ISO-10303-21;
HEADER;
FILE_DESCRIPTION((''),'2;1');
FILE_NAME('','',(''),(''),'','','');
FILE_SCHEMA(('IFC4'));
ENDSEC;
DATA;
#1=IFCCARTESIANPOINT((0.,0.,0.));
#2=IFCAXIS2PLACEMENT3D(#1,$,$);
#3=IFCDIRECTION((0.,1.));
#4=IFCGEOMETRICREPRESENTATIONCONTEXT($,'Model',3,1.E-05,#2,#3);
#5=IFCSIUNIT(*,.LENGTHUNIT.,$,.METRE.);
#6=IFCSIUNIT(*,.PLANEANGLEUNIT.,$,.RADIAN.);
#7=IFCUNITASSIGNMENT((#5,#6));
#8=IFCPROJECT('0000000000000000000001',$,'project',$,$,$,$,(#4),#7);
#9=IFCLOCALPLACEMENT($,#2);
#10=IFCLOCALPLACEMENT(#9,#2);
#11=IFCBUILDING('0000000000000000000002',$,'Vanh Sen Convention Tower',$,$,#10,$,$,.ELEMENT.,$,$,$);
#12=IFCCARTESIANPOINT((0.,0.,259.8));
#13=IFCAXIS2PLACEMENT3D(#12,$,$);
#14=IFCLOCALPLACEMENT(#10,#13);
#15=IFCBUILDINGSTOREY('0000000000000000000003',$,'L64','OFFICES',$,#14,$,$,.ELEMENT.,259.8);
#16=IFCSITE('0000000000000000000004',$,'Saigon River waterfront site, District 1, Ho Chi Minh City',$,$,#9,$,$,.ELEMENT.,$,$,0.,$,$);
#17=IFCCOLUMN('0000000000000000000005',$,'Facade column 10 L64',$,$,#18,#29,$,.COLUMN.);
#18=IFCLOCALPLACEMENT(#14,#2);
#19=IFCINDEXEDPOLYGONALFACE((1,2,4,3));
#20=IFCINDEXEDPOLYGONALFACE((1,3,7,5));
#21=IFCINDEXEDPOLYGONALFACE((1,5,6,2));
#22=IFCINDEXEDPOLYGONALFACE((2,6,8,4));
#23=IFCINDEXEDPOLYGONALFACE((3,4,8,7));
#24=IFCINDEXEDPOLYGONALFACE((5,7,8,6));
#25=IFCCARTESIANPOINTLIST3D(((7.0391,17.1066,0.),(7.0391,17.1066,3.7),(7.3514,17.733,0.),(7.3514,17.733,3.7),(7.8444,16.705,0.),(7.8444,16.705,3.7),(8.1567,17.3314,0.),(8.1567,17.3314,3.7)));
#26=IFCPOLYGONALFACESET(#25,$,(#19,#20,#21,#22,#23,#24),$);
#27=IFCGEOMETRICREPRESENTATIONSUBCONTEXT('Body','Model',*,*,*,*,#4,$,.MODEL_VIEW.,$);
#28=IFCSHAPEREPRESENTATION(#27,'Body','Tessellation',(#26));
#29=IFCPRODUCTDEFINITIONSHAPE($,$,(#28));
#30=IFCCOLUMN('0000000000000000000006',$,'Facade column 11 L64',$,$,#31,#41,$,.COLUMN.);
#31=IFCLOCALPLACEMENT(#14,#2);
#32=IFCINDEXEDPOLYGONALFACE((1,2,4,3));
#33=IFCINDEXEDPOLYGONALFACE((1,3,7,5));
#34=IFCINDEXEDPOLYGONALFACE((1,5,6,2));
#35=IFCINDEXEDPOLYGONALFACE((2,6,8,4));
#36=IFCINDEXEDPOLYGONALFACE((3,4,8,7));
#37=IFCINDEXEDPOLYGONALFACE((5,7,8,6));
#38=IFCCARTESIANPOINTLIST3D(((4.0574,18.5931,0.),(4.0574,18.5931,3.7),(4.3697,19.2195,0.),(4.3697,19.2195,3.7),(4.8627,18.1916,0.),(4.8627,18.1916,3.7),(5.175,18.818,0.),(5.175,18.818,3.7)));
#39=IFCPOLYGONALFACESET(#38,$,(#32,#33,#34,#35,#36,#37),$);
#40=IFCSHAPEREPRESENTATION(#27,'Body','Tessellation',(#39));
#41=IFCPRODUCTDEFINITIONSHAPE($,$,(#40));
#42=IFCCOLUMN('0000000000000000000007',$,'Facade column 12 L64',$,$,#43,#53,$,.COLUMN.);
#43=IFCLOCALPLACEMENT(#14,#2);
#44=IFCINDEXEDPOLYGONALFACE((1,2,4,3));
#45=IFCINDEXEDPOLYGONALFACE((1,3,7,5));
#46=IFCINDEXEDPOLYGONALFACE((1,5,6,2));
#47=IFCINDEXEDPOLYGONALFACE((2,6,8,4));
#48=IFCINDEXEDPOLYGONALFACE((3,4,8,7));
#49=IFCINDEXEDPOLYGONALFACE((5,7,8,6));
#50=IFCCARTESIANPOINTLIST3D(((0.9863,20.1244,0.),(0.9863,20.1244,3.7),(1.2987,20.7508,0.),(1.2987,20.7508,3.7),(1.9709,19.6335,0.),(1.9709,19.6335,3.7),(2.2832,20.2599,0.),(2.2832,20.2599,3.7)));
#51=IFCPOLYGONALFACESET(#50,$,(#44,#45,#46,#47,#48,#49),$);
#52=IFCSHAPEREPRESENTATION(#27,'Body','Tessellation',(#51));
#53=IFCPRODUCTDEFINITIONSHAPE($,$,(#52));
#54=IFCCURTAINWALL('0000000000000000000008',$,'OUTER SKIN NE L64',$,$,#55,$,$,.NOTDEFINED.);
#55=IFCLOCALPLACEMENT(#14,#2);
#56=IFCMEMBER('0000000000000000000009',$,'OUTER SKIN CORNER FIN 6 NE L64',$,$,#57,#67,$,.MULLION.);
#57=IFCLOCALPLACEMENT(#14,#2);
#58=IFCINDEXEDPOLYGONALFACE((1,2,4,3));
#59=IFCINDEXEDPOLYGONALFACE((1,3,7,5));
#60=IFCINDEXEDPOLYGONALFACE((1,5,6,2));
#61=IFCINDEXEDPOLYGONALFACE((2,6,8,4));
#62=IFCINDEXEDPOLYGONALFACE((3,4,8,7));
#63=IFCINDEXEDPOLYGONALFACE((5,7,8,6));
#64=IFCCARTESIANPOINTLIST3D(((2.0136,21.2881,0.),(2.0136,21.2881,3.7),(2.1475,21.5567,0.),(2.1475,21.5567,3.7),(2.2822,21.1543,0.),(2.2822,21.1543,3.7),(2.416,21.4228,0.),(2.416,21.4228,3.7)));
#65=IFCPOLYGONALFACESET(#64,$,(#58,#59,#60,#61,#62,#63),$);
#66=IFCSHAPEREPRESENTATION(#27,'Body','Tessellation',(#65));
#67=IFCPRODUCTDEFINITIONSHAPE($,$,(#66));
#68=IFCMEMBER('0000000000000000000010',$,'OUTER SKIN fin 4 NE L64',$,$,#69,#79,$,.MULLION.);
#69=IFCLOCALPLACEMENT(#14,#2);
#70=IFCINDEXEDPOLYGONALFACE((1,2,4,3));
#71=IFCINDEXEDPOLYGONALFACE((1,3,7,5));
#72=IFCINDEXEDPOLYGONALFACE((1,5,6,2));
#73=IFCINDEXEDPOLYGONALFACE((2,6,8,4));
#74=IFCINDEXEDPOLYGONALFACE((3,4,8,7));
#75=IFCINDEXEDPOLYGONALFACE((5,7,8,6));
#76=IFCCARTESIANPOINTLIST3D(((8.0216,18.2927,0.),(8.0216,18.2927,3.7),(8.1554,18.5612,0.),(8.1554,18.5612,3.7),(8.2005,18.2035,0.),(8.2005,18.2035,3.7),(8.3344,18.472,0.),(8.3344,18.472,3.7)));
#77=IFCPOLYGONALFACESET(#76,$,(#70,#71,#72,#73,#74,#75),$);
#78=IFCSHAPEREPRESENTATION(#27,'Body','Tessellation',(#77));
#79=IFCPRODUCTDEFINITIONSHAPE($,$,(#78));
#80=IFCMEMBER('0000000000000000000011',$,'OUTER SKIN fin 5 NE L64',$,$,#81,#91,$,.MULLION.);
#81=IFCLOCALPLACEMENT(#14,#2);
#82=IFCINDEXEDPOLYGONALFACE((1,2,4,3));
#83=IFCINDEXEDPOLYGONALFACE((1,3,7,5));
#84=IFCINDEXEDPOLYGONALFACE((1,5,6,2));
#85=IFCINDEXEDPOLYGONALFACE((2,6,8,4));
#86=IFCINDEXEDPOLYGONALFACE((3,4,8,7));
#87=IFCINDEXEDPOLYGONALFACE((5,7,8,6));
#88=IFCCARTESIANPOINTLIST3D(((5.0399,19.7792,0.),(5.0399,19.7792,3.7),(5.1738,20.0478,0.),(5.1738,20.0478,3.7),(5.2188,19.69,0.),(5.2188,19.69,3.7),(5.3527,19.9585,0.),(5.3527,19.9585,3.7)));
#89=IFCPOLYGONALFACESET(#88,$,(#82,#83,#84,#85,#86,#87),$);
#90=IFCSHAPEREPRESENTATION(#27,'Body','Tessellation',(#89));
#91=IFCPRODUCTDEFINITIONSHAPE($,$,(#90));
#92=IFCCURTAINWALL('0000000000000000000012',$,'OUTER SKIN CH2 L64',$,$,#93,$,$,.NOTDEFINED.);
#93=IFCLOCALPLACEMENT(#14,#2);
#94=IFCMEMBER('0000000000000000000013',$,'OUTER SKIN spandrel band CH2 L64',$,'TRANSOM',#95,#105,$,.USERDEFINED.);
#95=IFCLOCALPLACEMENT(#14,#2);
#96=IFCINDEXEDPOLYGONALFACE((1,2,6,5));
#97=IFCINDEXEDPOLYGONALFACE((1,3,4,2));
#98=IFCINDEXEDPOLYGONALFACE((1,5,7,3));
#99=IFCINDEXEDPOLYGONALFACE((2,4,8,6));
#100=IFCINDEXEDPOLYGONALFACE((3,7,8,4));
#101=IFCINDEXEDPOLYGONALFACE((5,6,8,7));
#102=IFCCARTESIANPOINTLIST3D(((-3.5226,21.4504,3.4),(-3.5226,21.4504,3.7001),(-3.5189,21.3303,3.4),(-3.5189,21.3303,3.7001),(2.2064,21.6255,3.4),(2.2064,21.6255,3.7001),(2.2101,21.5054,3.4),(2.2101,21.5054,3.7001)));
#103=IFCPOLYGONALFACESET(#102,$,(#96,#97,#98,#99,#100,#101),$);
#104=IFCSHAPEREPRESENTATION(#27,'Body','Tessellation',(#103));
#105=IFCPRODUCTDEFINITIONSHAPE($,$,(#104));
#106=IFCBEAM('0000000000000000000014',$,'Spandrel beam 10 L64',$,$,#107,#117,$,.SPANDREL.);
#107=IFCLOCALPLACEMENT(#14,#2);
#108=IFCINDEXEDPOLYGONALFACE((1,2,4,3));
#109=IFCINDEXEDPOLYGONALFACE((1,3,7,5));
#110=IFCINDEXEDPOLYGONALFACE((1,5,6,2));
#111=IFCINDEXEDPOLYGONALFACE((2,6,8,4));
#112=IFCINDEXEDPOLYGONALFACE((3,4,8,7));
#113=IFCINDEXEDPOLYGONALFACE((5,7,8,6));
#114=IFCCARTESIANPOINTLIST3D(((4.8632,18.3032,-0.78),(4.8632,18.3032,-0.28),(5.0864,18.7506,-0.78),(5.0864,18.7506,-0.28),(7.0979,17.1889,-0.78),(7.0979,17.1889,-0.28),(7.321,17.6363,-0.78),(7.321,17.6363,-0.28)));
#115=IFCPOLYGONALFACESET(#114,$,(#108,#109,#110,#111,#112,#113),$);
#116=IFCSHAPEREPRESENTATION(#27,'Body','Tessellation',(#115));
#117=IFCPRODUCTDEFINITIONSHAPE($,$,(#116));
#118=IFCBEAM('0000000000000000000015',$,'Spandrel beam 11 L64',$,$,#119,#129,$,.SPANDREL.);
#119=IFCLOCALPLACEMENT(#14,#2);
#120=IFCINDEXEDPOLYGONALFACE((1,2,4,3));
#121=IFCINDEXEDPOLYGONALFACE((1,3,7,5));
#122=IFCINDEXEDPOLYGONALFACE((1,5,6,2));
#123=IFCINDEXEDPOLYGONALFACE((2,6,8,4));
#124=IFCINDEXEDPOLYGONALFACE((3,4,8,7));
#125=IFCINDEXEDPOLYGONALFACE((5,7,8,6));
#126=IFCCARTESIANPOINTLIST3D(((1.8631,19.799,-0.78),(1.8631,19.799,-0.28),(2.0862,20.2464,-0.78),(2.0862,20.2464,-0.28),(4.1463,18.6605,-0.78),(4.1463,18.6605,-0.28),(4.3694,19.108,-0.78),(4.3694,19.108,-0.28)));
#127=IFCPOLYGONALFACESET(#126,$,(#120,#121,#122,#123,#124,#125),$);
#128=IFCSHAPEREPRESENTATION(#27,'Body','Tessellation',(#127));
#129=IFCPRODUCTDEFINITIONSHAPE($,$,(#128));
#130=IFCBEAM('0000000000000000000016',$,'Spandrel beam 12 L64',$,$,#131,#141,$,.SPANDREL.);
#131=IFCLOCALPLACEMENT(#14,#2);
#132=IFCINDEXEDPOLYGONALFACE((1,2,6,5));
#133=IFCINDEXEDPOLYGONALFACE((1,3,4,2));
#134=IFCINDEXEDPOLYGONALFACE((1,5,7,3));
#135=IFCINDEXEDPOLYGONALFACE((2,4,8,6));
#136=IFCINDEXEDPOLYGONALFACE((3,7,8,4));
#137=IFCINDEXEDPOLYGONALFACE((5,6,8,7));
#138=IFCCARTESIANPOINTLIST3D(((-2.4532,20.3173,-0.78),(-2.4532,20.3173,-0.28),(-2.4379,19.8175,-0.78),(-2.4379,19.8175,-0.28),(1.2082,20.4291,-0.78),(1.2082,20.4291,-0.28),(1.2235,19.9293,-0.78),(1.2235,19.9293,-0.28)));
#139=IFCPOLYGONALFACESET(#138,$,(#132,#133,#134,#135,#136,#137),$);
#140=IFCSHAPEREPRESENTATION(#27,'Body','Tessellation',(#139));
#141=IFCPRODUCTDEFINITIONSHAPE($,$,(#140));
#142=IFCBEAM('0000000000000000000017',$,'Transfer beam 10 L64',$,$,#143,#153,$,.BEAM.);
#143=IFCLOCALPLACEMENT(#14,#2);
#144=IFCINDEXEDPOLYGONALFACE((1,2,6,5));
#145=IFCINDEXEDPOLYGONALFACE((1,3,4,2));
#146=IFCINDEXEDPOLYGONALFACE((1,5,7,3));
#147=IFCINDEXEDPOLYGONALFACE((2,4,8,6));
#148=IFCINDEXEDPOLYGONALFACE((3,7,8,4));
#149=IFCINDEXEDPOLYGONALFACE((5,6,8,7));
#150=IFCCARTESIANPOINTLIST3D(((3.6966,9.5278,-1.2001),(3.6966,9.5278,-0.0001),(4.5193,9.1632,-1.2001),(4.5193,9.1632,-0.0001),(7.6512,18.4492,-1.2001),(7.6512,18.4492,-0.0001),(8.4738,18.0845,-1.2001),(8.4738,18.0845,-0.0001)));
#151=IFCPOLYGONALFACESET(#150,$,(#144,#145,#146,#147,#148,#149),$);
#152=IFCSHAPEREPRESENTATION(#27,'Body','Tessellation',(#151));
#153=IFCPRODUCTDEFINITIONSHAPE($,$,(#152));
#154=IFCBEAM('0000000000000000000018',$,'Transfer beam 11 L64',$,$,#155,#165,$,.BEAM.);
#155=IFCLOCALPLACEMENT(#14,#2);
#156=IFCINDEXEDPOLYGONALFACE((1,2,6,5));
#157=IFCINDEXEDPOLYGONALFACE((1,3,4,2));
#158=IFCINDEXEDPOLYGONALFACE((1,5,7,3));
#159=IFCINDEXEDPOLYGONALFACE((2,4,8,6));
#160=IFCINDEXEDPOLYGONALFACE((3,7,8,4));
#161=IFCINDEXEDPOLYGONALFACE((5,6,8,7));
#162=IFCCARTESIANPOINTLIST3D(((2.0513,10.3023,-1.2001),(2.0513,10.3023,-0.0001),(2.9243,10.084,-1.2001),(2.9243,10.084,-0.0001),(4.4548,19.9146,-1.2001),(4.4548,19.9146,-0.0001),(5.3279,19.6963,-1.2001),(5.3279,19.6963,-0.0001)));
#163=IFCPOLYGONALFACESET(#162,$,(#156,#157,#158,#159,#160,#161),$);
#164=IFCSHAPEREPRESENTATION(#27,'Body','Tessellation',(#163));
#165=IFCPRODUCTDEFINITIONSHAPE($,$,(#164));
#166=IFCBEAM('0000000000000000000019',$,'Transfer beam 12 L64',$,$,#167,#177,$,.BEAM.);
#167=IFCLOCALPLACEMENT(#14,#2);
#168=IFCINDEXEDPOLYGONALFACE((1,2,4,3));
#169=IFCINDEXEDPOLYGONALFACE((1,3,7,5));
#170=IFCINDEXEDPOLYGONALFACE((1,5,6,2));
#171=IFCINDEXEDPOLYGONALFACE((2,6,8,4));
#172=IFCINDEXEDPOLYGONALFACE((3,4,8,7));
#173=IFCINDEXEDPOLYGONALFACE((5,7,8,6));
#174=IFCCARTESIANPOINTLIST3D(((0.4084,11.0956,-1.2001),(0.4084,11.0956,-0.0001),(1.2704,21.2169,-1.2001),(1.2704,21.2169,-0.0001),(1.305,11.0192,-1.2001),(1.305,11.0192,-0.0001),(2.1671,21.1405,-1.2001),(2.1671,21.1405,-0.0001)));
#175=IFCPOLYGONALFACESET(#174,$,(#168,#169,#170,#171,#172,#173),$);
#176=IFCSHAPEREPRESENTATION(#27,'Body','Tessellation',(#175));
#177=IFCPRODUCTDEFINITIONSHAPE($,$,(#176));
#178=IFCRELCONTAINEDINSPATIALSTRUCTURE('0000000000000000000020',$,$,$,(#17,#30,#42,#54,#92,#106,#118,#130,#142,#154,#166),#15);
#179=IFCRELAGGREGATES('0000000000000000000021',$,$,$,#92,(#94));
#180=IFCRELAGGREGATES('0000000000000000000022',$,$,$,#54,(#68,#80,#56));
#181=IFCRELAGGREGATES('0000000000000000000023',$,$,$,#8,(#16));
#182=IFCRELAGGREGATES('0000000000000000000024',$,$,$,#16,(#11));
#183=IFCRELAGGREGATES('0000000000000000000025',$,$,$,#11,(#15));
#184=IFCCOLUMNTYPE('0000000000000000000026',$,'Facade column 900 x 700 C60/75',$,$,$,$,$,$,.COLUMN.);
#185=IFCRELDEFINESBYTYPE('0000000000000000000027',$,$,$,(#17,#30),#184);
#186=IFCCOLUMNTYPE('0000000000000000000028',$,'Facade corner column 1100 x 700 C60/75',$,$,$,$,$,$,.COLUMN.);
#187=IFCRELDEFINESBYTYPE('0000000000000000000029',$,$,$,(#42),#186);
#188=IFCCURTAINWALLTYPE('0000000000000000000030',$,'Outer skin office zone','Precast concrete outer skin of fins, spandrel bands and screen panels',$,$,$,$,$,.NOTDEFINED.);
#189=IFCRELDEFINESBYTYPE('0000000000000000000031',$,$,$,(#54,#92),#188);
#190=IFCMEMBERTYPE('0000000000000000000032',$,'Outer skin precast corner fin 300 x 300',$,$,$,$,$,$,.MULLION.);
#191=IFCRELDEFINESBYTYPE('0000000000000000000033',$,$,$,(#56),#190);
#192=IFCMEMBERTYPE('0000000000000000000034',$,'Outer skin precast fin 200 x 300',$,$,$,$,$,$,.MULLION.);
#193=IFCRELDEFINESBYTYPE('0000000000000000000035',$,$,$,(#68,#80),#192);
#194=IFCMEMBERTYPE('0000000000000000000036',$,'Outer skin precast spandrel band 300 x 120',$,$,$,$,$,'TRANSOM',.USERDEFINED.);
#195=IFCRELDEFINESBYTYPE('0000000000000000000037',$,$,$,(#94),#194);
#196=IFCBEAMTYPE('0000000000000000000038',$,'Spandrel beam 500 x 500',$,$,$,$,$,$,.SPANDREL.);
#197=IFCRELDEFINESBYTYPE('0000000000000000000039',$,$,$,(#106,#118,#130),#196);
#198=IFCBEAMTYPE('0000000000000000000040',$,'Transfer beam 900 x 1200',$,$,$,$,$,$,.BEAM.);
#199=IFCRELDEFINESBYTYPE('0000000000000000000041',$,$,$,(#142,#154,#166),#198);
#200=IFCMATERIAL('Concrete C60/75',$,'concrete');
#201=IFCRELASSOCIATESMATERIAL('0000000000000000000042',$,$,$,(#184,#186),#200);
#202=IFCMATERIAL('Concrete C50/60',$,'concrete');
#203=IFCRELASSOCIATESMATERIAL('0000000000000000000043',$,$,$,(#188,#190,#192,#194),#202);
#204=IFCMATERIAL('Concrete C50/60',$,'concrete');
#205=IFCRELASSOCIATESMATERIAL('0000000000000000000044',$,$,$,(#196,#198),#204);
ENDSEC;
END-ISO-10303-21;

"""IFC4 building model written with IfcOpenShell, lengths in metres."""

from ifc_helpers import new_model, si_unit, direction, frame, origin, origin_2d, place, context, subcontext, project, spatial, rectangle, extrude, material, material_profile, profile_set, type_object, element, aggregate, save


model = new_model("IFC4")

# Units and contexts
model_context = context("Model", 3, precision=1e-05, world=origin(), true_north=direction((0.0, 1.0)))
body_context = subcontext(model_context, "Body", "Model", "MODEL_VIEW")
ifc_project = project(units=[si_unit("LENGTHUNIT", "METRE"), si_unit("PLANEANGLEUNIT", "RADIAN")], contexts=[model_context])

# Site, building, storey
site_placement = place(None, origin())
site = spatial("IfcSite", under=ifc_project, at=site_placement, Name="Saigon River waterfront site, District 1, Ho Chi Minh City", CompositionType="ELEMENT", RefElevation=0.0)
building_placement = place(site_placement, origin())
building = spatial("IfcBuilding", under=site, at=building_placement, Name="Vanh Sen Convention Tower", CompositionType="ELEMENT")
storey_placement = place(building_placement, frame((0.0, 0.0, 259.8)))
storey = spatial("IfcBuildingStorey", under=building, at=storey_placement, Name="L64", Description="OFFICES", CompositionType="ELEMENT", Elevation=259.8)

# Columns
ifc_material_1 = material(Name="Concrete C60/75", Category="concrete")
ifc_material_profile_1 = material_profile(ifc_material_1, rectangle(XDim=0.8999, YDim=0.7, at=origin_2d()), Name="RC 900X700")
ifc_profile_set_1 = profile_set([ifc_material_profile_1], Name="Concrete C60/75")
column_type_1 = type_object("IfcColumnType", Name="Facade column 900 x 700 C60/75", PredefinedType="COLUMN", material=ifc_profile_set_1)
for number, where, z_axis, x_axis, name in (
    (1, (7.5979, 17.219, 0.0), (0.0, 0.0, 1.0), (-0.894934, 0.446198, 0.0), "Facade column 10 L64"),
    (2, (4.6162, 18.7056, 0.0), (0.0, 0.0, 1.0), (-0.894934, 0.446198, 0.0), "Facade column 11 L64"),
):
    element("IfcColumn", number, at=place(storey_placement, frame(where, z_axis=z_axis, x_axis=x_axis)), inside=storey, type_object=column_type_1, Name=name, PredefinedType="COLUMN", context=body_context, shape_type="SweptSolid", body=[
        extrude(rectangle(XDim=0.8999, YDim=0.7, at=origin_2d()), origin(), (0.0, 0.0, 1.0), 3.7),
    ])
ifc_material_profile_2 = material_profile(ifc_material_1, rectangle(XDim=1.1001, YDim=0.7, at=origin_2d()), Name="RC 1100X700")
ifc_profile_set_2 = profile_set([ifc_material_profile_2], Name="Concrete C60/75")
column_type_2 = type_object("IfcColumnType", Name="Facade corner column 1100 x 700 C60/75", PredefinedType="COLUMN", material=ifc_profile_set_2)
column_placement = place(storey_placement, frame((1.6348, 20.1921, 0.0), z_axis=(0.0, 0.0, 1.0), x_axis=(-0.894934, 0.446198, 0.0)))
element("IfcColumn", 3, at=column_placement, inside=storey, type_object=column_type_2, Name="Facade column 12 L64", PredefinedType="COLUMN", context=body_context, shape_type="SweptSolid", body=[
    extrude(rectangle(XDim=1.1001, YDim=0.7, at=origin_2d()), origin(), (0.0, 0.0, 1.0), 3.7),
])

# Curtain wall, members
ifc_material_2 = material(Name="Concrete C50/60", Category="concrete")
curtain_wall_type = type_object("IfcCurtainWallType", Name="Outer skin office zone", Description="Precast concrete outer skin of fins, spandrel bands and screen panels", PredefinedType="NOTDEFINED", material=ifc_material_2)
curtain_wall_1_placement = place(storey_placement, origin())
curtain_wall_1 = element("IfcCurtainWall", 4, at=curtain_wall_1_placement, inside=storey, type_object=curtain_wall_type, Name="OUTER SKIN NE L64", PredefinedType="NOTDEFINED")
ifc_material_profile_3 = material_profile(ifc_material_2, rectangle(XDim=0.3, YDim=0.3, at=origin_2d()), Name="Outer skin precast corner fin 300 x 300")
ifc_profile_set_3 = profile_set([ifc_material_profile_3], Name="Concrete C50/60")
member_type_1 = type_object("IfcMemberType", Name="Outer skin precast corner fin 300 x 300", PredefinedType="MULLION", material=ifc_profile_set_3)
member_1_placement = place(storey_placement, frame((2.2148, 21.3555, 0.0), z_axis=(0.0, 0.0, 1.0), x_axis=(-0.894934, 0.446198, 0.0)))
member_1 = element("IfcMember", 5, at=member_1_placement, type_object=member_type_1, Name="OUTER SKIN CORNER FIN 6 NE L64", PredefinedType="MULLION", context=body_context, shape_type="SweptSolid", body=[
    extrude(rectangle(XDim=0.3, YDim=0.3, at=origin_2d()), origin(), (0.0, 0.0, 1.0), 3.7),
])
ifc_material_profile_4 = material_profile(ifc_material_2, rectangle(XDim=0.2, YDim=0.3, at=origin_2d()), Name="Outer skin precast fin 200 x 300")
ifc_profile_set_4 = profile_set([ifc_material_profile_4], Name="Concrete C50/60")
member_type_2 = type_object("IfcMemberType", Name="Outer skin precast fin 200 x 300", PredefinedType="MULLION", material=ifc_profile_set_4)
member_2_placement = place(storey_placement, frame((8.178, 18.3823, 0.0), z_axis=(0.0, 0.0, 1.0), x_axis=(-0.894934, 0.446198, 0.0)))
member_2 = element("IfcMember", 6, at=member_2_placement, type_object=member_type_2, Name="OUTER SKIN fin 4 NE L64", PredefinedType="MULLION", context=body_context, shape_type="SweptSolid", body=[
    extrude(rectangle(XDim=0.2, YDim=0.3, at=origin_2d()), origin(), (0.0, 0.0, 1.0), 3.7),
])
member_3_placement = place(storey_placement, frame((5.1963, 19.8689, 0.0), z_axis=(0.0, 0.0, 1.0), x_axis=(-0.894934, 0.446198, 0.0)))
member_3 = element("IfcMember", 7, at=member_3_placement, type_object=member_type_2, Name="OUTER SKIN fin 5 NE L64", PredefinedType="MULLION", context=body_context, shape_type="SweptSolid", body=[
    extrude(rectangle(XDim=0.2, YDim=0.3, at=origin_2d()), origin(), (0.0, 0.0, 1.0), 3.7),
])

# Curtain wall, member
curtain_wall_2_placement = place(storey_placement, origin())
curtain_wall_2 = element("IfcCurtainWall", 8, at=curtain_wall_2_placement, inside=storey, type_object=curtain_wall_type, Name="OUTER SKIN CH2 L64", PredefinedType="NOTDEFINED")
ifc_material_profile_5 = material_profile(ifc_material_2, rectangle(XDim=0.1201, YDim=0.3, at=origin_2d()), Name="Outer skin precast spandrel band 300 x 120")
ifc_profile_set_5 = profile_set([ifc_material_profile_5], Name="Concrete C50/60")
member_type_3 = type_object("IfcMemberType", Name="Outer skin precast spandrel band 300 x 120", ElementType="TRANSOM", PredefinedType="USERDEFINED", material=ifc_profile_set_5)
member_4_placement = place(storey_placement, frame((2.2083, 21.5654, 3.55), z_axis=(-0.999534, -0.030541, 0.0), x_axis=(0.030541, -0.999534, 0.0)))
member_4 = element("IfcMember", 9, at=member_4_placement, type_object=member_type_3, Name="OUTER SKIN spandrel band CH2 L64", ObjectType="TRANSOM", PredefinedType="USERDEFINED", context=body_context, shape_type="SweptSolid", body=[
    extrude(rectangle(XDim=0.1201, YDim=0.3, at=origin_2d()), origin(), (0.0, 0.0, 1.0), 5.7317),
])
aggregate(curtain_wall_2, [member_4])

# Beams
ifc_material_3 = material(Name="Concrete C50/60", Category="concrete")
ifc_material_profile_6 = material_profile(ifc_material_3, rectangle(XDim=0.5, YDim=0.5, at=origin_2d()), Name="RC 500X500")
ifc_profile_set_6 = profile_set([ifc_material_profile_6], Name="Concrete C50/60")
beam_type_1 = type_object("IfcBeamType", Name="Spandrel beam 500 x 500", PredefinedType="SPANDREL", material=ifc_profile_set_6)
beam_1_placement = place(storey_placement, frame((7.2095, 17.4126, -0.53), z_axis=(-0.894916, 0.446236, 0.0), x_axis=(-0.446236, -0.894916, 0.0)))
element("IfcBeam", 10, at=beam_1_placement, inside=storey, type_object=beam_type_1, Name="Spandrel beam 10 L64", PredefinedType="SPANDREL", context=body_context, shape_type="SweptSolid", body=[
    extrude(rectangle(XDim=0.5, YDim=0.5, at=origin_2d()), origin(), (0.0, 0.0, 1.0), 2.4971),
])
beam_2_placement = place(storey_placement, frame((4.2578, 18.8843, -0.53), z_axis=(-0.894924, 0.446218, 0.0), x_axis=(-0.446218, -0.894924, 0.0)))
element("IfcBeam", 11, at=beam_2_placement, inside=storey, type_object=beam_type_1, Name="Spandrel beam 11 L64", PredefinedType="SPANDREL", context=body_context, shape_type="SweptSolid", body=[
    extrude(rectangle(XDim=0.5, YDim=0.5, at=origin_2d()), origin(), (0.0, 0.0, 1.0), 2.5513),
])
beam_3_placement = place(storey_placement, frame((1.2158, 20.1792, -0.53), z_axis=(-0.999534, -0.030525, 0.0), x_axis=(0.030525, -0.999534, 0.0)))
element("IfcBeam", 12, at=beam_3_placement, inside=storey, type_object=beam_type_1, Name="Spandrel beam 12 L64", PredefinedType="SPANDREL", context=body_context, shape_type="SweptSolid", body=[
    extrude(rectangle(XDim=0.5, YDim=0.5, at=origin_2d()), origin(), (0.0, 0.0, 1.0), 3.6631),
])
ifc_material_profile_7 = material_profile(ifc_material_3, rectangle(XDim=0.8999, YDim=1.2, at=origin_2d()), Name="RC 900X1200")
ifc_profile_set_7 = profile_set([ifc_material_profile_7], Name="Concrete C50/60")
beam_type_2 = type_object("IfcBeamType", Name="Transfer beam 900 x 1200", PredefinedType="BEAM", material=ifc_profile_set_7)
beam_4_placement = place(storey_placement, frame((8.0625, 18.2668, -0.6001), z_axis=(-0.405242, -0.914209, 0.0), x_axis=(0.914209, -0.405242, 0.0)))
element("IfcBeam", 13, at=beam_4_placement, inside=storey, type_object=beam_type_2, Name="Transfer beam 10 L64", PredefinedType="BEAM", context=body_context, shape_type="SweptSolid", body=[
    extrude(rectangle(XDim=0.8999, YDim=1.2, at=origin_2d()), origin(), (0.0, 0.0, 1.0), 9.7585),
])
beam_5_placement = place(storey_placement, frame((4.8914, 19.8054, -0.6001), z_axis=(-0.242582, -0.970131, 0.0), x_axis=(0.970131, -0.242582, 0.0)))
element("IfcBeam", 14, at=beam_5_placement, inside=storey, type_object=beam_type_2, Name="Transfer beam 11 L64", PredefinedType="BEAM", context=body_context, shape_type="SweptSolid", body=[
    extrude(rectangle(XDim=0.8999, YDim=1.2, at=origin_2d()), origin(), (0.0, 0.0, 1.0), 9.9082),
])
beam_6_placement = place(storey_placement, frame((1.7188, 21.1787, -0.6001), z_axis=(-0.084865, -0.996392, 0.0), x_axis=(0.996392, -0.084865, 0.0)))
element("IfcBeam", 15, at=beam_6_placement, inside=storey, type_object=beam_type_2, Name="Transfer beam 12 L64", PredefinedType="BEAM", context=body_context, shape_type="SweptSolid", body=[
    extrude(rectangle(XDim=0.8999, YDim=1.2, at=origin_2d()), origin(), (0.0, 0.0, 1.0), 10.158),
])

aggregate(curtain_wall_1, [member_2, member_3, member_1])

save(model, "model.ifc")
